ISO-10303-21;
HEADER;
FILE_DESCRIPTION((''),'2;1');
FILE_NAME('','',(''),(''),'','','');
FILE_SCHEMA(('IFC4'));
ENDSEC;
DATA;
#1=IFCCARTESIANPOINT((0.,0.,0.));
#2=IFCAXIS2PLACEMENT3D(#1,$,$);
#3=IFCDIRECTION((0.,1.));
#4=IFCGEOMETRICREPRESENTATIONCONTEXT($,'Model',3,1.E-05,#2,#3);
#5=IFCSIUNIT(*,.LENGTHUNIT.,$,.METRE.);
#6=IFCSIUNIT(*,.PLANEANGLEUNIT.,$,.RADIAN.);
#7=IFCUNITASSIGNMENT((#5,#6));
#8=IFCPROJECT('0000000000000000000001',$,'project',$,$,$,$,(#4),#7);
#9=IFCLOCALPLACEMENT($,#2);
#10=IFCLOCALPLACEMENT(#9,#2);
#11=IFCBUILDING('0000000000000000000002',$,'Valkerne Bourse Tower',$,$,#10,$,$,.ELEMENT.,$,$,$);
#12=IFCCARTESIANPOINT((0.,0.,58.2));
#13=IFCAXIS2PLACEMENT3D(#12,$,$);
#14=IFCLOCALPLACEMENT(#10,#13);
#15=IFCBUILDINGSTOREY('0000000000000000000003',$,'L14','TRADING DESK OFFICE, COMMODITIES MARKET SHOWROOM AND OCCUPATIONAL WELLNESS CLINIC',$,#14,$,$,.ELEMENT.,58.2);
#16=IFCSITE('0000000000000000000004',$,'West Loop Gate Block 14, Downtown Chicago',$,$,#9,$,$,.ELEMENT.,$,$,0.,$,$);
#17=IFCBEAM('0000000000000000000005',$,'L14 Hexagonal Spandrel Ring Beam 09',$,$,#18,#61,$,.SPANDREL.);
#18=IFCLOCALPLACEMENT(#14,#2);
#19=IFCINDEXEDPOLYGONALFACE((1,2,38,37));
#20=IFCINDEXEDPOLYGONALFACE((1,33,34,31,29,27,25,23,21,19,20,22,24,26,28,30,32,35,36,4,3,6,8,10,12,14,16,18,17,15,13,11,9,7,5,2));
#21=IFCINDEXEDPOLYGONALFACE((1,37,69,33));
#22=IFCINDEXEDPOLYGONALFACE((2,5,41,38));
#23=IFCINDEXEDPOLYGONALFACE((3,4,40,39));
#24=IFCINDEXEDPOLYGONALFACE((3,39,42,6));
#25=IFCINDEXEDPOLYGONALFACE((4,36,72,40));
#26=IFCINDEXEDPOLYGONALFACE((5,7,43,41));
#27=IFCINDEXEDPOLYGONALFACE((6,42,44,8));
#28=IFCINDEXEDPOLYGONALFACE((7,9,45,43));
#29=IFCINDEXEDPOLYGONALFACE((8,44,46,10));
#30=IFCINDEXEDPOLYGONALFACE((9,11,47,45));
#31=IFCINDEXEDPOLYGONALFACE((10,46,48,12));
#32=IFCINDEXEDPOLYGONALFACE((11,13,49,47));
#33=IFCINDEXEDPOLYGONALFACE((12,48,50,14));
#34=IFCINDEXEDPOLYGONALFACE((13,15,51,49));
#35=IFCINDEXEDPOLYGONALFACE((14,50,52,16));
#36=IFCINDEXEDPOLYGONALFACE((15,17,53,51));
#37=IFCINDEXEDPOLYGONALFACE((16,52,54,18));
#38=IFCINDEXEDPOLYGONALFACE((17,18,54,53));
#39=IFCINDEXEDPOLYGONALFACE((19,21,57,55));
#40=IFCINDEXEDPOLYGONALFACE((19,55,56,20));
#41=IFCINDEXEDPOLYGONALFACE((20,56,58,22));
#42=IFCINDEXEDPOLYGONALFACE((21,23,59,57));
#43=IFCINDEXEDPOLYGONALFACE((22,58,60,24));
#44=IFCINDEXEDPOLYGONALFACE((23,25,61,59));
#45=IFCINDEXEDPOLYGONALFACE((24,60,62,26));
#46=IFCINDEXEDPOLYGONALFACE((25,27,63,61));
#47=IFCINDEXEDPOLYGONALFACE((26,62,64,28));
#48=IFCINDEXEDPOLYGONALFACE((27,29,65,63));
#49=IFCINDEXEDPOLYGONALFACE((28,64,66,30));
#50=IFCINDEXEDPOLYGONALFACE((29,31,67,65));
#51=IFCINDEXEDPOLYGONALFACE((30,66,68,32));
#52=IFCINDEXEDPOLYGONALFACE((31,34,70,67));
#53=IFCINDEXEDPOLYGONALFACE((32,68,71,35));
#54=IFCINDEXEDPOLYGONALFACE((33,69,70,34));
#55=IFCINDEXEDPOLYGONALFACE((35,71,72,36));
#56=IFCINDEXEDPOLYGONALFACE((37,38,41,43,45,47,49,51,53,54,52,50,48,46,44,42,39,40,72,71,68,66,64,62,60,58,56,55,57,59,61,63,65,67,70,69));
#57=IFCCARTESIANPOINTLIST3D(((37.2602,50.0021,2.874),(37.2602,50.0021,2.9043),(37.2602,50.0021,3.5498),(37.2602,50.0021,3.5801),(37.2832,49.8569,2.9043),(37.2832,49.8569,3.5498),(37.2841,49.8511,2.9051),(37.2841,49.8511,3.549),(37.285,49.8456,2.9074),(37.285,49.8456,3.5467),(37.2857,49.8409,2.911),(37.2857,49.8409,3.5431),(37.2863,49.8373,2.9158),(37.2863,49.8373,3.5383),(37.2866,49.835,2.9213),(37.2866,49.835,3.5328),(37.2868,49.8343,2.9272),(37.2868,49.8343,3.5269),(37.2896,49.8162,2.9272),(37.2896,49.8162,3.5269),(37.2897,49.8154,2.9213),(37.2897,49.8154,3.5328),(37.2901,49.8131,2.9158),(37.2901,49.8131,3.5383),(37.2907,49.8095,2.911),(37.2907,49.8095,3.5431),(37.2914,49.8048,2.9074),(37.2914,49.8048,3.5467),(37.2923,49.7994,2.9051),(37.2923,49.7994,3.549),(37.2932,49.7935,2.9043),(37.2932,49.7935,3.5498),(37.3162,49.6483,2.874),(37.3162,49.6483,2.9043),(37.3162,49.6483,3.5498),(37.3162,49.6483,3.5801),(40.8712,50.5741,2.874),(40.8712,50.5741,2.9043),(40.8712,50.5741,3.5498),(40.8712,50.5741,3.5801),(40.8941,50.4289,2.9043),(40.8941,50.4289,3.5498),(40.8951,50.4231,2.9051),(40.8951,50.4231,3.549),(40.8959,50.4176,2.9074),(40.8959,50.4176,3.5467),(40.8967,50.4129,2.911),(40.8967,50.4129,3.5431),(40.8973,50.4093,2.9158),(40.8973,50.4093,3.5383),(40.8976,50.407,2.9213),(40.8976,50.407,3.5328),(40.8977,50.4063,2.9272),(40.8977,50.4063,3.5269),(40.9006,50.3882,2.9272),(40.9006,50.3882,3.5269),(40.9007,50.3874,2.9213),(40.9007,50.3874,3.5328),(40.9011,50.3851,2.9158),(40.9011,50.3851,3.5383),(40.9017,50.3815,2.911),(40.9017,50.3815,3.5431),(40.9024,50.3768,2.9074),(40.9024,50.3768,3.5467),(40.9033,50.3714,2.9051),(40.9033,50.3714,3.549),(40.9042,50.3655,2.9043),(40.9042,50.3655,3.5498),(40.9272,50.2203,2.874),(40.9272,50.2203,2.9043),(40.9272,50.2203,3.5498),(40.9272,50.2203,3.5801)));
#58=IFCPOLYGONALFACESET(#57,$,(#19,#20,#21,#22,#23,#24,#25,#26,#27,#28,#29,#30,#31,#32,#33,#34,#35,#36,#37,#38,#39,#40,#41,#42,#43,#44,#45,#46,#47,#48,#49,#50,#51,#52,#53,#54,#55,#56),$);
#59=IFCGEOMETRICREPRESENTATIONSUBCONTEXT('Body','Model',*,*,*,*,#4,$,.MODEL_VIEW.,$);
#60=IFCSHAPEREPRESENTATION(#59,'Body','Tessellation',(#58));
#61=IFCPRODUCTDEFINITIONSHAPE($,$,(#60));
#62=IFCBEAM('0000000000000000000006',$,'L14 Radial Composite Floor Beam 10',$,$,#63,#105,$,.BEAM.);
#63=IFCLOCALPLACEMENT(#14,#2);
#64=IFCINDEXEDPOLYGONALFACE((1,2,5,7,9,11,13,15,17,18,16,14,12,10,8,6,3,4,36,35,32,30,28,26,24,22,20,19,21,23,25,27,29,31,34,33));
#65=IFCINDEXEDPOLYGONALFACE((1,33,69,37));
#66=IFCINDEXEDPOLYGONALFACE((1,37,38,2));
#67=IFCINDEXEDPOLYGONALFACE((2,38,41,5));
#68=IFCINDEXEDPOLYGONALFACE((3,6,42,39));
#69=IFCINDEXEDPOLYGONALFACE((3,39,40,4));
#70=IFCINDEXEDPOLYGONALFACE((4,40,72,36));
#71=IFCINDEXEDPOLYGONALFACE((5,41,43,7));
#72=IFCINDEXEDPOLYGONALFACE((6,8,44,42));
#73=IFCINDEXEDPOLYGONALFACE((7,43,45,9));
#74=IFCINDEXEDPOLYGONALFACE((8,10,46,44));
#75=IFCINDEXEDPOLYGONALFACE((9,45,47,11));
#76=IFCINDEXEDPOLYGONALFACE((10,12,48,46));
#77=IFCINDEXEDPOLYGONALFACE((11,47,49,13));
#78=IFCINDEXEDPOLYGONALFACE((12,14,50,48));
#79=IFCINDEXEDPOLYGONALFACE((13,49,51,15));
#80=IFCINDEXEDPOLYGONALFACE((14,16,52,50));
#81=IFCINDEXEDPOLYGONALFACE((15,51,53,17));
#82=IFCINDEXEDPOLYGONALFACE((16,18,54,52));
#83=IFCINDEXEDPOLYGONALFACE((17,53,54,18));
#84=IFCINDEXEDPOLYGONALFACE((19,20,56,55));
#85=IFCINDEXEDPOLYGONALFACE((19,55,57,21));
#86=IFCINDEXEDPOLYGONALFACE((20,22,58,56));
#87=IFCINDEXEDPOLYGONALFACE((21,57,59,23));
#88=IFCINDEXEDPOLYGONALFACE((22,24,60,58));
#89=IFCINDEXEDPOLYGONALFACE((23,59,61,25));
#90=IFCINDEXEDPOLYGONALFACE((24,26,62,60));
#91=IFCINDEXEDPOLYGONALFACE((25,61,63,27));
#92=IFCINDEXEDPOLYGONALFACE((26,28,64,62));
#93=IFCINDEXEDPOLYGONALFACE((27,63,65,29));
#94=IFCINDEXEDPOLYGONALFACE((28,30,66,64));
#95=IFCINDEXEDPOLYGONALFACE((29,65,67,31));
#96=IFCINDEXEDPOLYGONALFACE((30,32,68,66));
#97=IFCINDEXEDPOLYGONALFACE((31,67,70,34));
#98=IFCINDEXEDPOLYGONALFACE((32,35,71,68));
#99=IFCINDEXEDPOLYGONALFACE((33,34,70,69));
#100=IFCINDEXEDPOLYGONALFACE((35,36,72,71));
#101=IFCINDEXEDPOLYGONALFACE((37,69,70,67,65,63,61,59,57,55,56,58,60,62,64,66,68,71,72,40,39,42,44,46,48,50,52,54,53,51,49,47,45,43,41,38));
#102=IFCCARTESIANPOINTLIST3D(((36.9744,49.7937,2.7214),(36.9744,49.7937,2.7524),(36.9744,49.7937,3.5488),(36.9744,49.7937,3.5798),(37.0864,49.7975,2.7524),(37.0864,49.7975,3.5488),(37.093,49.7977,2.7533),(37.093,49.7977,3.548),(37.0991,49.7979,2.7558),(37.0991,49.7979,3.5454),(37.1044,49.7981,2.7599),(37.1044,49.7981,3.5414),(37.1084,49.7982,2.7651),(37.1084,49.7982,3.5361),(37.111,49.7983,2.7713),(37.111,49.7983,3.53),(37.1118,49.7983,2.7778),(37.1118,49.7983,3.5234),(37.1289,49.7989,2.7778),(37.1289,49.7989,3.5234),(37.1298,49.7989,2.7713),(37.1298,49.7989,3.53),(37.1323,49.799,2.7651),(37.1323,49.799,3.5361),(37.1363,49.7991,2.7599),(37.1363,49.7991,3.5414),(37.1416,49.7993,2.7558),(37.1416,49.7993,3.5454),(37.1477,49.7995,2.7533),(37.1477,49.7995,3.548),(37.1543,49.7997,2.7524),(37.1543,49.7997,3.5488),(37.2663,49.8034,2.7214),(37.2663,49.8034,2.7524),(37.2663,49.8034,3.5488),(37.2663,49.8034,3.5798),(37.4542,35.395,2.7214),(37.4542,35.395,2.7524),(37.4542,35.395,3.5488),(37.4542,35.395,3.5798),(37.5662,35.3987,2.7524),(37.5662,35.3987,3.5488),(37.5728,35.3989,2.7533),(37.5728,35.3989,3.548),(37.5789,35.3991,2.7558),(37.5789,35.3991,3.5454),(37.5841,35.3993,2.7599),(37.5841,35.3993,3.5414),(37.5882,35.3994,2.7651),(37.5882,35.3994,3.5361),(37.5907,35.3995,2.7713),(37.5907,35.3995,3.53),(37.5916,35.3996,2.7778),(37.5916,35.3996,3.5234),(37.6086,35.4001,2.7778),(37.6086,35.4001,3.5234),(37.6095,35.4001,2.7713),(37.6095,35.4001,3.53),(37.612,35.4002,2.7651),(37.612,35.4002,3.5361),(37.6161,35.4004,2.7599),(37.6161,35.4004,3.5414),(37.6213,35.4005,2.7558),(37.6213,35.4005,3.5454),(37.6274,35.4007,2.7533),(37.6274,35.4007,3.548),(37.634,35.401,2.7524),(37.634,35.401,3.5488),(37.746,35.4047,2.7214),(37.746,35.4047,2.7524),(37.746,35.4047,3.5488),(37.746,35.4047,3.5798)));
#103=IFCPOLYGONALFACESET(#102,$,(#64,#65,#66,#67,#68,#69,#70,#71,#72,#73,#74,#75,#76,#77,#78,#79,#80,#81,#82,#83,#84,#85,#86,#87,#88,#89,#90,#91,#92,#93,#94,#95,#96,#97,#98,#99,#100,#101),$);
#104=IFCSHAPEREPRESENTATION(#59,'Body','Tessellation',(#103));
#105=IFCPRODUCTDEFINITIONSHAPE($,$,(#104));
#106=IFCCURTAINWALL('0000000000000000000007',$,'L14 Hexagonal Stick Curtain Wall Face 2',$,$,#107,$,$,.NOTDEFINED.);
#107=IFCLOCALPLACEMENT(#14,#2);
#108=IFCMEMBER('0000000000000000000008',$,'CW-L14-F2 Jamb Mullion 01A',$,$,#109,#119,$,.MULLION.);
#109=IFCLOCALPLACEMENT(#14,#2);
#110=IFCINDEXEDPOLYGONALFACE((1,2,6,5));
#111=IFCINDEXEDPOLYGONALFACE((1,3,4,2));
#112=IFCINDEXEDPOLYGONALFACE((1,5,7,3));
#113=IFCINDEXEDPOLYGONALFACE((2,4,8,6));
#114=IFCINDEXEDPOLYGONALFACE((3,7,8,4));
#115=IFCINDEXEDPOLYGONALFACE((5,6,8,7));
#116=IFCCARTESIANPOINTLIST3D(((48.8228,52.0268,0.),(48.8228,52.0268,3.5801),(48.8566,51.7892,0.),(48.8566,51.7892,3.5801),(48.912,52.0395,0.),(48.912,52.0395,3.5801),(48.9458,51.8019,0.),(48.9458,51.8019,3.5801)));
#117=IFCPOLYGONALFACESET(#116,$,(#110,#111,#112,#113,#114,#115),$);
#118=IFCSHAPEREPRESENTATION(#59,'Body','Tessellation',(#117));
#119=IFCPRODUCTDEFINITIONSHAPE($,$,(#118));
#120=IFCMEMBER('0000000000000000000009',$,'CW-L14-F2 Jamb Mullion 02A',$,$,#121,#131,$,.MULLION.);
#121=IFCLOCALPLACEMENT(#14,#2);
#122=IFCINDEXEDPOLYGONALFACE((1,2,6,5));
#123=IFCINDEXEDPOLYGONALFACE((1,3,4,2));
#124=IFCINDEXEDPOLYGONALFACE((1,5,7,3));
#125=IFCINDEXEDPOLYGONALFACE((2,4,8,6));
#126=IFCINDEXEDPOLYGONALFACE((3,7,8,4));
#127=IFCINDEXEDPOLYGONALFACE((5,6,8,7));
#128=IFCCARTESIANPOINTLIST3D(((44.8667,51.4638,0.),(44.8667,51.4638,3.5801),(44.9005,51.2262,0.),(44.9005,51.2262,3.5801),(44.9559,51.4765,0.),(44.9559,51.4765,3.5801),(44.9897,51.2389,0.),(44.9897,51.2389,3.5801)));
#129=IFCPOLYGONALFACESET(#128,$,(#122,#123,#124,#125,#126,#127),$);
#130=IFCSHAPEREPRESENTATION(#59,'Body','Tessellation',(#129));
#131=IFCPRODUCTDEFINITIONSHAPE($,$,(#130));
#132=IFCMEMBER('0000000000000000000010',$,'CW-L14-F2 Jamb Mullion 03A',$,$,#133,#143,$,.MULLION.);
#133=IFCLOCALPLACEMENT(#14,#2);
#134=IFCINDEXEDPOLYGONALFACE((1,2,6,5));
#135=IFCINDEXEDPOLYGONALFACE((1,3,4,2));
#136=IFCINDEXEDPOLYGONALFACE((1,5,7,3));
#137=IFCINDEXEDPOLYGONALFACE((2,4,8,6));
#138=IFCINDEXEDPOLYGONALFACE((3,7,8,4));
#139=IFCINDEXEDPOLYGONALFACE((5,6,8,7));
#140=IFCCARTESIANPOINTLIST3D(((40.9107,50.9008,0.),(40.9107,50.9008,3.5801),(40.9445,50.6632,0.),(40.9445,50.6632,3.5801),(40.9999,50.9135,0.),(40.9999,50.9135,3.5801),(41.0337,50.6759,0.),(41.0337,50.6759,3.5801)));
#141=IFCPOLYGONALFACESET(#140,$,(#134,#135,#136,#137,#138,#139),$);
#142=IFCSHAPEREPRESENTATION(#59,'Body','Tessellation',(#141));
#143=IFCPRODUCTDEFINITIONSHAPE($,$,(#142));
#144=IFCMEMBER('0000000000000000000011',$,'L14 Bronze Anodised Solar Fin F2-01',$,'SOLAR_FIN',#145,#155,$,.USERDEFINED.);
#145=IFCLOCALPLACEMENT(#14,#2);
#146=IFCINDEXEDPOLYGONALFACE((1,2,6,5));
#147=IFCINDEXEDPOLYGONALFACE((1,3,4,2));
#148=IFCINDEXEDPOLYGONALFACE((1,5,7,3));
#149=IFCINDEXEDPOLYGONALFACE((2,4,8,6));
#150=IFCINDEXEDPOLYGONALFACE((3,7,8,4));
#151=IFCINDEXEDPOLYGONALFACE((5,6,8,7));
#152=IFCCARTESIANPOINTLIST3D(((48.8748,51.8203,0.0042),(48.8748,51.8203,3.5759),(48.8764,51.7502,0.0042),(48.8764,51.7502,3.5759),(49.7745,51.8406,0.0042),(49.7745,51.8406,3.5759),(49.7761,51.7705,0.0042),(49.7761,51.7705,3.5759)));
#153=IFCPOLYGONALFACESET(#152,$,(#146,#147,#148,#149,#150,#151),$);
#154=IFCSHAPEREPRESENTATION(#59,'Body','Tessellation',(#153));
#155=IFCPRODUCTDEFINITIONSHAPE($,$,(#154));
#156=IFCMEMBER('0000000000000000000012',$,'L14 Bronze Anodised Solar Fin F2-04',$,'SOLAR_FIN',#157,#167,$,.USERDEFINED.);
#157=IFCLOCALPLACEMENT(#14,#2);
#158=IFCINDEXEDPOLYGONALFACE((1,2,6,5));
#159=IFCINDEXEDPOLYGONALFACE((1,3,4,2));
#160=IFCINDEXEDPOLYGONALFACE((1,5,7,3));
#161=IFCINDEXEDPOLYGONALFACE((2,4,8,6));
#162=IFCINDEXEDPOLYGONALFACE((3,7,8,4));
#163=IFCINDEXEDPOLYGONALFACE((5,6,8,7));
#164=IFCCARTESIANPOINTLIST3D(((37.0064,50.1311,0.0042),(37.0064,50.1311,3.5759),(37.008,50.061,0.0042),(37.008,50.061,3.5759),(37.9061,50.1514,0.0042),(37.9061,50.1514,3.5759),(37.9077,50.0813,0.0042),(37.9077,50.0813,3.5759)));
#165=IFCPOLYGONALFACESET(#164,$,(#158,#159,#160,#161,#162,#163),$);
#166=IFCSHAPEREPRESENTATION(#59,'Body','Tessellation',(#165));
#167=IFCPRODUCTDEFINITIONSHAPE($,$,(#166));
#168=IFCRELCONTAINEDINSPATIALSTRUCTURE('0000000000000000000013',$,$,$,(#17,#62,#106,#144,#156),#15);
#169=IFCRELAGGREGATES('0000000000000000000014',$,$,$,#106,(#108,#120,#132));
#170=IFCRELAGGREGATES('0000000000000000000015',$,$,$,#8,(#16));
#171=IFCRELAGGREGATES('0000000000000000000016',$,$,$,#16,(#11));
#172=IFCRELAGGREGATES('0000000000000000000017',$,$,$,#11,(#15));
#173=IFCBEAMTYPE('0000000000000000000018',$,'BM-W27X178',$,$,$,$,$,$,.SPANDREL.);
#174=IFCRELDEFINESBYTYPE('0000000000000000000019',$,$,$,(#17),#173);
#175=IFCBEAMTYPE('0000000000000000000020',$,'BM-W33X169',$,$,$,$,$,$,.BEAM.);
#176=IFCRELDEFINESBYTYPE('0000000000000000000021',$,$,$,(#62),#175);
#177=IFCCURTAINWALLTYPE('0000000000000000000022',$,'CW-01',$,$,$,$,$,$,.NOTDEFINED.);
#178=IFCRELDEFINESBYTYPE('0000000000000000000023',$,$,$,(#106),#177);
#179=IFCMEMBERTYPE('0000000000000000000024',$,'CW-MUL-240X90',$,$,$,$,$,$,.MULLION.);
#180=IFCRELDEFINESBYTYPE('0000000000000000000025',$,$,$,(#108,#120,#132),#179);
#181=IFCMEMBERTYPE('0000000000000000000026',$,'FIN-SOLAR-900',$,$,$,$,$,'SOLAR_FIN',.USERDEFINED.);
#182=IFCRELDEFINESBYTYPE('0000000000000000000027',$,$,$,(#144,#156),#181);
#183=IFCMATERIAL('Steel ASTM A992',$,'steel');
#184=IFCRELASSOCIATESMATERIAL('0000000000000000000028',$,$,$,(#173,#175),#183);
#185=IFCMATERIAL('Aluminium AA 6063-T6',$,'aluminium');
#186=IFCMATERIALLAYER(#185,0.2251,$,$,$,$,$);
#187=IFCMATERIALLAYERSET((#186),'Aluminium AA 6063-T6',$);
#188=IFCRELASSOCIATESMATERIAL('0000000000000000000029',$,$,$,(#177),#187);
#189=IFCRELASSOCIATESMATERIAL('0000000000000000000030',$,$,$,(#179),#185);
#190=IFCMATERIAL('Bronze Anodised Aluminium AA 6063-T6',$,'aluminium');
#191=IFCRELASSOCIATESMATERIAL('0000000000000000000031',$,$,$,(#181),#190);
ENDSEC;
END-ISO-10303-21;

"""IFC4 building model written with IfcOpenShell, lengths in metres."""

from ifc_helpers import new_model, si_unit, direction, frame, origin, origin_2d, place, context, subcontext, project, spatial, rectangle, i_section, extrude, material, layer, layer_set, material_profile, profile_set, type_object, element, aggregate, save


model = new_model("IFC4")

# Units and contexts
model_context = context("Model", 3, precision=1e-05, world=origin(), true_north=direction((0.0, 1.0)))
body_context = subcontext(model_context, "Body", "Model", "MODEL_VIEW")
ifc_project = project(units=[si_unit("LENGTHUNIT", "METRE"), si_unit("PLANEANGLEUNIT", "RADIAN")], contexts=[model_context])

# Site, building, storey
site_placement = place(None, origin())
site = spatial("IfcSite", under=ifc_project, at=site_placement, Name="West Loop Gate Block 14, Downtown Chicago", CompositionType="ELEMENT", RefElevation=0.0)
building_placement = place(site_placement, origin())
building = spatial("IfcBuilding", under=site, at=building_placement, Name="Valkerne Bourse Tower", CompositionType="ELEMENT")
storey_placement = place(building_placement, frame((0.0, 0.0, 58.2)))
storey = spatial("IfcBuildingStorey", under=building, at=storey_placement, Name="L14", Description="TRADING DESK OFFICE, COMMODITIES MARKET SHOWROOM AND OCCUPATIONAL WELLNESS CLINIC", CompositionType="ELEMENT", Elevation=58.2)

# Beams
ifc_material_1 = material(Name="Steel ASTM A992", Category="steel")
ifc_material_profile_1 = material_profile(ifc_material_1, i_section(OverallWidth=0.3582, OverallDepth=0.7061, WebThickness=0.0183, FlangeThickness=0.0303, FilletRadius=0.0229, at=origin_2d()), Name="W27X178")
ifc_profile_set_1 = profile_set([ifc_material_profile_1], Name="Steel ASTM A992")
beam_type_1 = type_object("IfcBeamType", Name="BM-W27X178", PredefinedType="SPANDREL", material=ifc_profile_set_1)
beam_1_placement = place(storey_placement, frame((40.8992, 50.3972, 3.2271), z_axis=(-0.987685, -0.156456, 0.0), x_axis=(0.156456, -0.987685, 0.0)))
element("IfcBeam", 1, at=beam_1_placement, inside=storey, type_object=beam_type_1, Name="L14 Hexagonal Spandrel Ring Beam 09", PredefinedType="SPANDREL", context=body_context, shape_type="SweptSolid", body=[
    extrude(i_section(OverallWidth=0.3582, OverallDepth=0.7061, WebThickness=0.0183, FlangeThickness=0.0303, FilletRadius=0.0229, at=origin_2d()), origin(), (0.0, 0.0, 1.0), 3.656),
])
ifc_material_profile_2 = material_profile(ifc_material_1, i_section(OverallWidth=0.292, OverallDepth=0.8584, WebThickness=0.0171, FlangeThickness=0.031, FilletRadius=0.0254, at=origin_2d()), Name="W33X169")
ifc_profile_set_2 = profile_set([ifc_material_profile_2], Name="Steel ASTM A992")
beam_type_2 = type_object("IfcBeamType", Name="BM-W33X169", PredefinedType="BEAM", material=ifc_profile_set_2)
beam_2_placement = place(storey_placement, frame((37.1204, 49.7986, 3.1506), z_axis=(0.0333, -0.999445, 0.0), x_axis=(0.999445, 0.0333, 0.0)))
element("IfcBeam", 2, at=beam_2_placement, inside=storey, type_object=beam_type_2, Name="L14 Radial Composite Floor Beam 10", PredefinedType="BEAM", context=body_context, shape_type="SweptSolid", body=[
    extrude(i_section(OverallWidth=0.292, OverallDepth=0.8584, WebThickness=0.0171, FlangeThickness=0.031, FilletRadius=0.0254, at=origin_2d()), origin(), (0.0, 0.0, 1.0), 14.4067),
])

# Curtain wall, members
ifc_material_2 = material(Name="Aluminium AA 6063-T6", Category="aluminium")
ifc_layer_1 = layer(ifc_material_2, 0.2251)
ifc_layer_set_1 = layer_set([ifc_layer_1], Name="Aluminium AA 6063-T6")
curtain_wall_type = type_object("IfcCurtainWallType", Name="CW-01", PredefinedType="NOTDEFINED", material=ifc_layer_set_1)
curtain_wall_placement = place(storey_placement, origin())
curtain_wall = element("IfcCurtainWall", 3, at=curtain_wall_placement, inside=storey, type_object=curtain_wall_type, Name="L14 Hexagonal Stick Curtain Wall Face 2", PredefinedType="NOTDEFINED")
ifc_material_profile_3 = material_profile(ifc_material_2, rectangle(XDim=0.0901, YDim=0.24, at=origin_2d()), Name="CWM-90X240")
ifc_profile_set_3 = profile_set([ifc_material_profile_3], Name="Aluminium AA 6063-T6")
member_type_1 = type_object("IfcMemberType", Name="CW-MUL-240X90", PredefinedType="MULLION", material=ifc_profile_set_3)
member_1_placement = place(storey_placement, frame((48.8843, 51.9143, 0.0), z_axis=(0.0, 0.0, 1.0), x_axis=(-0.990025, -0.140892, 0.0)))
member_1 = element("IfcMember", 4, at=member_1_placement, type_object=member_type_1, Name="CW-L14-F2 Jamb Mullion 01A", PredefinedType="MULLION", context=body_context, shape_type="SweptSolid", body=[
    extrude(rectangle(XDim=0.0901, YDim=0.24, at=origin_2d()), origin(), (0.0, 0.0, 1.0), 3.5801),
])
member_2_placement = place(storey_placement, frame((44.9282, 51.3513, 0.0), z_axis=(0.0, 0.0, 1.0), x_axis=(-0.990021, -0.140917, 0.0)))
member_2 = element("IfcMember", 5, at=member_2_placement, type_object=member_type_1, Name="CW-L14-F2 Jamb Mullion 02A", PredefinedType="MULLION", context=body_context, shape_type="SweptSolid", body=[
    extrude(rectangle(XDim=0.0901, YDim=0.24, at=origin_2d()), origin(), (0.0, 0.0, 1.0), 3.5801),
])
member_3_placement = place(storey_placement, frame((40.9722, 50.7883, 0.0), z_axis=(0.0, 0.0, 1.0), x_axis=(-0.990025, -0.140889, 0.0)))
member_3 = element("IfcMember", 6, at=member_3_placement, type_object=member_type_1, Name="CW-L14-F2 Jamb Mullion 03A", PredefinedType="MULLION", context=body_context, shape_type="SweptSolid", body=[
    extrude(rectangle(XDim=0.0901, YDim=0.24, at=origin_2d()), origin(), (0.0, 0.0, 1.0), 3.5801),
])

# Members
ifc_material_3 = material(Name="Bronze Anodised Aluminium AA 6063-T6", Category="aluminium")
ifc_material_profile_4 = material_profile(ifc_material_3, rectangle(XDim=0.0701, YDim=0.8999, at=origin_2d()), Name="FIN-70X900")
ifc_profile_set_4 = profile_set([ifc_material_profile_4], Name="Bronze Anodised Aluminium AA 6063-T6")
member_type_2 = type_object("IfcMemberType", Name="FIN-SOLAR-900", ElementType="SOLAR_FIN", PredefinedType="USERDEFINED", material=ifc_profile_set_4)
for number, where, z_axis, x_axis, name in (
    (7, (49.3254, 51.7954, 0.0042), (0.0, 0.0, 1.0), (-0.022529, 0.999746, 0.0), "L14 Bronze Anodised Solar Fin F2-01"),
    (8, (37.457, 50.1062, 0.0042), (0.0, 0.0, 1.0), (-0.022548, 0.999746, 0.0), "L14 Bronze Anodised Solar Fin F2-04"),
):
    element("IfcMember", number, at=place(storey_placement, frame(where, z_axis=z_axis, x_axis=x_axis)), inside=storey, type_object=member_type_2, Name=name, ObjectType="SOLAR_FIN", PredefinedType="USERDEFINED", context=body_context, shape_type="SweptSolid", body=[
        extrude(rectangle(XDim=0.0701, YDim=0.8999, at=origin_2d()), origin(), (0.0, 0.0, 1.0), 3.5718),
    ])

aggregate(curtain_wall, [member_1, member_2, member_3])

save(model, "model.ifc")
